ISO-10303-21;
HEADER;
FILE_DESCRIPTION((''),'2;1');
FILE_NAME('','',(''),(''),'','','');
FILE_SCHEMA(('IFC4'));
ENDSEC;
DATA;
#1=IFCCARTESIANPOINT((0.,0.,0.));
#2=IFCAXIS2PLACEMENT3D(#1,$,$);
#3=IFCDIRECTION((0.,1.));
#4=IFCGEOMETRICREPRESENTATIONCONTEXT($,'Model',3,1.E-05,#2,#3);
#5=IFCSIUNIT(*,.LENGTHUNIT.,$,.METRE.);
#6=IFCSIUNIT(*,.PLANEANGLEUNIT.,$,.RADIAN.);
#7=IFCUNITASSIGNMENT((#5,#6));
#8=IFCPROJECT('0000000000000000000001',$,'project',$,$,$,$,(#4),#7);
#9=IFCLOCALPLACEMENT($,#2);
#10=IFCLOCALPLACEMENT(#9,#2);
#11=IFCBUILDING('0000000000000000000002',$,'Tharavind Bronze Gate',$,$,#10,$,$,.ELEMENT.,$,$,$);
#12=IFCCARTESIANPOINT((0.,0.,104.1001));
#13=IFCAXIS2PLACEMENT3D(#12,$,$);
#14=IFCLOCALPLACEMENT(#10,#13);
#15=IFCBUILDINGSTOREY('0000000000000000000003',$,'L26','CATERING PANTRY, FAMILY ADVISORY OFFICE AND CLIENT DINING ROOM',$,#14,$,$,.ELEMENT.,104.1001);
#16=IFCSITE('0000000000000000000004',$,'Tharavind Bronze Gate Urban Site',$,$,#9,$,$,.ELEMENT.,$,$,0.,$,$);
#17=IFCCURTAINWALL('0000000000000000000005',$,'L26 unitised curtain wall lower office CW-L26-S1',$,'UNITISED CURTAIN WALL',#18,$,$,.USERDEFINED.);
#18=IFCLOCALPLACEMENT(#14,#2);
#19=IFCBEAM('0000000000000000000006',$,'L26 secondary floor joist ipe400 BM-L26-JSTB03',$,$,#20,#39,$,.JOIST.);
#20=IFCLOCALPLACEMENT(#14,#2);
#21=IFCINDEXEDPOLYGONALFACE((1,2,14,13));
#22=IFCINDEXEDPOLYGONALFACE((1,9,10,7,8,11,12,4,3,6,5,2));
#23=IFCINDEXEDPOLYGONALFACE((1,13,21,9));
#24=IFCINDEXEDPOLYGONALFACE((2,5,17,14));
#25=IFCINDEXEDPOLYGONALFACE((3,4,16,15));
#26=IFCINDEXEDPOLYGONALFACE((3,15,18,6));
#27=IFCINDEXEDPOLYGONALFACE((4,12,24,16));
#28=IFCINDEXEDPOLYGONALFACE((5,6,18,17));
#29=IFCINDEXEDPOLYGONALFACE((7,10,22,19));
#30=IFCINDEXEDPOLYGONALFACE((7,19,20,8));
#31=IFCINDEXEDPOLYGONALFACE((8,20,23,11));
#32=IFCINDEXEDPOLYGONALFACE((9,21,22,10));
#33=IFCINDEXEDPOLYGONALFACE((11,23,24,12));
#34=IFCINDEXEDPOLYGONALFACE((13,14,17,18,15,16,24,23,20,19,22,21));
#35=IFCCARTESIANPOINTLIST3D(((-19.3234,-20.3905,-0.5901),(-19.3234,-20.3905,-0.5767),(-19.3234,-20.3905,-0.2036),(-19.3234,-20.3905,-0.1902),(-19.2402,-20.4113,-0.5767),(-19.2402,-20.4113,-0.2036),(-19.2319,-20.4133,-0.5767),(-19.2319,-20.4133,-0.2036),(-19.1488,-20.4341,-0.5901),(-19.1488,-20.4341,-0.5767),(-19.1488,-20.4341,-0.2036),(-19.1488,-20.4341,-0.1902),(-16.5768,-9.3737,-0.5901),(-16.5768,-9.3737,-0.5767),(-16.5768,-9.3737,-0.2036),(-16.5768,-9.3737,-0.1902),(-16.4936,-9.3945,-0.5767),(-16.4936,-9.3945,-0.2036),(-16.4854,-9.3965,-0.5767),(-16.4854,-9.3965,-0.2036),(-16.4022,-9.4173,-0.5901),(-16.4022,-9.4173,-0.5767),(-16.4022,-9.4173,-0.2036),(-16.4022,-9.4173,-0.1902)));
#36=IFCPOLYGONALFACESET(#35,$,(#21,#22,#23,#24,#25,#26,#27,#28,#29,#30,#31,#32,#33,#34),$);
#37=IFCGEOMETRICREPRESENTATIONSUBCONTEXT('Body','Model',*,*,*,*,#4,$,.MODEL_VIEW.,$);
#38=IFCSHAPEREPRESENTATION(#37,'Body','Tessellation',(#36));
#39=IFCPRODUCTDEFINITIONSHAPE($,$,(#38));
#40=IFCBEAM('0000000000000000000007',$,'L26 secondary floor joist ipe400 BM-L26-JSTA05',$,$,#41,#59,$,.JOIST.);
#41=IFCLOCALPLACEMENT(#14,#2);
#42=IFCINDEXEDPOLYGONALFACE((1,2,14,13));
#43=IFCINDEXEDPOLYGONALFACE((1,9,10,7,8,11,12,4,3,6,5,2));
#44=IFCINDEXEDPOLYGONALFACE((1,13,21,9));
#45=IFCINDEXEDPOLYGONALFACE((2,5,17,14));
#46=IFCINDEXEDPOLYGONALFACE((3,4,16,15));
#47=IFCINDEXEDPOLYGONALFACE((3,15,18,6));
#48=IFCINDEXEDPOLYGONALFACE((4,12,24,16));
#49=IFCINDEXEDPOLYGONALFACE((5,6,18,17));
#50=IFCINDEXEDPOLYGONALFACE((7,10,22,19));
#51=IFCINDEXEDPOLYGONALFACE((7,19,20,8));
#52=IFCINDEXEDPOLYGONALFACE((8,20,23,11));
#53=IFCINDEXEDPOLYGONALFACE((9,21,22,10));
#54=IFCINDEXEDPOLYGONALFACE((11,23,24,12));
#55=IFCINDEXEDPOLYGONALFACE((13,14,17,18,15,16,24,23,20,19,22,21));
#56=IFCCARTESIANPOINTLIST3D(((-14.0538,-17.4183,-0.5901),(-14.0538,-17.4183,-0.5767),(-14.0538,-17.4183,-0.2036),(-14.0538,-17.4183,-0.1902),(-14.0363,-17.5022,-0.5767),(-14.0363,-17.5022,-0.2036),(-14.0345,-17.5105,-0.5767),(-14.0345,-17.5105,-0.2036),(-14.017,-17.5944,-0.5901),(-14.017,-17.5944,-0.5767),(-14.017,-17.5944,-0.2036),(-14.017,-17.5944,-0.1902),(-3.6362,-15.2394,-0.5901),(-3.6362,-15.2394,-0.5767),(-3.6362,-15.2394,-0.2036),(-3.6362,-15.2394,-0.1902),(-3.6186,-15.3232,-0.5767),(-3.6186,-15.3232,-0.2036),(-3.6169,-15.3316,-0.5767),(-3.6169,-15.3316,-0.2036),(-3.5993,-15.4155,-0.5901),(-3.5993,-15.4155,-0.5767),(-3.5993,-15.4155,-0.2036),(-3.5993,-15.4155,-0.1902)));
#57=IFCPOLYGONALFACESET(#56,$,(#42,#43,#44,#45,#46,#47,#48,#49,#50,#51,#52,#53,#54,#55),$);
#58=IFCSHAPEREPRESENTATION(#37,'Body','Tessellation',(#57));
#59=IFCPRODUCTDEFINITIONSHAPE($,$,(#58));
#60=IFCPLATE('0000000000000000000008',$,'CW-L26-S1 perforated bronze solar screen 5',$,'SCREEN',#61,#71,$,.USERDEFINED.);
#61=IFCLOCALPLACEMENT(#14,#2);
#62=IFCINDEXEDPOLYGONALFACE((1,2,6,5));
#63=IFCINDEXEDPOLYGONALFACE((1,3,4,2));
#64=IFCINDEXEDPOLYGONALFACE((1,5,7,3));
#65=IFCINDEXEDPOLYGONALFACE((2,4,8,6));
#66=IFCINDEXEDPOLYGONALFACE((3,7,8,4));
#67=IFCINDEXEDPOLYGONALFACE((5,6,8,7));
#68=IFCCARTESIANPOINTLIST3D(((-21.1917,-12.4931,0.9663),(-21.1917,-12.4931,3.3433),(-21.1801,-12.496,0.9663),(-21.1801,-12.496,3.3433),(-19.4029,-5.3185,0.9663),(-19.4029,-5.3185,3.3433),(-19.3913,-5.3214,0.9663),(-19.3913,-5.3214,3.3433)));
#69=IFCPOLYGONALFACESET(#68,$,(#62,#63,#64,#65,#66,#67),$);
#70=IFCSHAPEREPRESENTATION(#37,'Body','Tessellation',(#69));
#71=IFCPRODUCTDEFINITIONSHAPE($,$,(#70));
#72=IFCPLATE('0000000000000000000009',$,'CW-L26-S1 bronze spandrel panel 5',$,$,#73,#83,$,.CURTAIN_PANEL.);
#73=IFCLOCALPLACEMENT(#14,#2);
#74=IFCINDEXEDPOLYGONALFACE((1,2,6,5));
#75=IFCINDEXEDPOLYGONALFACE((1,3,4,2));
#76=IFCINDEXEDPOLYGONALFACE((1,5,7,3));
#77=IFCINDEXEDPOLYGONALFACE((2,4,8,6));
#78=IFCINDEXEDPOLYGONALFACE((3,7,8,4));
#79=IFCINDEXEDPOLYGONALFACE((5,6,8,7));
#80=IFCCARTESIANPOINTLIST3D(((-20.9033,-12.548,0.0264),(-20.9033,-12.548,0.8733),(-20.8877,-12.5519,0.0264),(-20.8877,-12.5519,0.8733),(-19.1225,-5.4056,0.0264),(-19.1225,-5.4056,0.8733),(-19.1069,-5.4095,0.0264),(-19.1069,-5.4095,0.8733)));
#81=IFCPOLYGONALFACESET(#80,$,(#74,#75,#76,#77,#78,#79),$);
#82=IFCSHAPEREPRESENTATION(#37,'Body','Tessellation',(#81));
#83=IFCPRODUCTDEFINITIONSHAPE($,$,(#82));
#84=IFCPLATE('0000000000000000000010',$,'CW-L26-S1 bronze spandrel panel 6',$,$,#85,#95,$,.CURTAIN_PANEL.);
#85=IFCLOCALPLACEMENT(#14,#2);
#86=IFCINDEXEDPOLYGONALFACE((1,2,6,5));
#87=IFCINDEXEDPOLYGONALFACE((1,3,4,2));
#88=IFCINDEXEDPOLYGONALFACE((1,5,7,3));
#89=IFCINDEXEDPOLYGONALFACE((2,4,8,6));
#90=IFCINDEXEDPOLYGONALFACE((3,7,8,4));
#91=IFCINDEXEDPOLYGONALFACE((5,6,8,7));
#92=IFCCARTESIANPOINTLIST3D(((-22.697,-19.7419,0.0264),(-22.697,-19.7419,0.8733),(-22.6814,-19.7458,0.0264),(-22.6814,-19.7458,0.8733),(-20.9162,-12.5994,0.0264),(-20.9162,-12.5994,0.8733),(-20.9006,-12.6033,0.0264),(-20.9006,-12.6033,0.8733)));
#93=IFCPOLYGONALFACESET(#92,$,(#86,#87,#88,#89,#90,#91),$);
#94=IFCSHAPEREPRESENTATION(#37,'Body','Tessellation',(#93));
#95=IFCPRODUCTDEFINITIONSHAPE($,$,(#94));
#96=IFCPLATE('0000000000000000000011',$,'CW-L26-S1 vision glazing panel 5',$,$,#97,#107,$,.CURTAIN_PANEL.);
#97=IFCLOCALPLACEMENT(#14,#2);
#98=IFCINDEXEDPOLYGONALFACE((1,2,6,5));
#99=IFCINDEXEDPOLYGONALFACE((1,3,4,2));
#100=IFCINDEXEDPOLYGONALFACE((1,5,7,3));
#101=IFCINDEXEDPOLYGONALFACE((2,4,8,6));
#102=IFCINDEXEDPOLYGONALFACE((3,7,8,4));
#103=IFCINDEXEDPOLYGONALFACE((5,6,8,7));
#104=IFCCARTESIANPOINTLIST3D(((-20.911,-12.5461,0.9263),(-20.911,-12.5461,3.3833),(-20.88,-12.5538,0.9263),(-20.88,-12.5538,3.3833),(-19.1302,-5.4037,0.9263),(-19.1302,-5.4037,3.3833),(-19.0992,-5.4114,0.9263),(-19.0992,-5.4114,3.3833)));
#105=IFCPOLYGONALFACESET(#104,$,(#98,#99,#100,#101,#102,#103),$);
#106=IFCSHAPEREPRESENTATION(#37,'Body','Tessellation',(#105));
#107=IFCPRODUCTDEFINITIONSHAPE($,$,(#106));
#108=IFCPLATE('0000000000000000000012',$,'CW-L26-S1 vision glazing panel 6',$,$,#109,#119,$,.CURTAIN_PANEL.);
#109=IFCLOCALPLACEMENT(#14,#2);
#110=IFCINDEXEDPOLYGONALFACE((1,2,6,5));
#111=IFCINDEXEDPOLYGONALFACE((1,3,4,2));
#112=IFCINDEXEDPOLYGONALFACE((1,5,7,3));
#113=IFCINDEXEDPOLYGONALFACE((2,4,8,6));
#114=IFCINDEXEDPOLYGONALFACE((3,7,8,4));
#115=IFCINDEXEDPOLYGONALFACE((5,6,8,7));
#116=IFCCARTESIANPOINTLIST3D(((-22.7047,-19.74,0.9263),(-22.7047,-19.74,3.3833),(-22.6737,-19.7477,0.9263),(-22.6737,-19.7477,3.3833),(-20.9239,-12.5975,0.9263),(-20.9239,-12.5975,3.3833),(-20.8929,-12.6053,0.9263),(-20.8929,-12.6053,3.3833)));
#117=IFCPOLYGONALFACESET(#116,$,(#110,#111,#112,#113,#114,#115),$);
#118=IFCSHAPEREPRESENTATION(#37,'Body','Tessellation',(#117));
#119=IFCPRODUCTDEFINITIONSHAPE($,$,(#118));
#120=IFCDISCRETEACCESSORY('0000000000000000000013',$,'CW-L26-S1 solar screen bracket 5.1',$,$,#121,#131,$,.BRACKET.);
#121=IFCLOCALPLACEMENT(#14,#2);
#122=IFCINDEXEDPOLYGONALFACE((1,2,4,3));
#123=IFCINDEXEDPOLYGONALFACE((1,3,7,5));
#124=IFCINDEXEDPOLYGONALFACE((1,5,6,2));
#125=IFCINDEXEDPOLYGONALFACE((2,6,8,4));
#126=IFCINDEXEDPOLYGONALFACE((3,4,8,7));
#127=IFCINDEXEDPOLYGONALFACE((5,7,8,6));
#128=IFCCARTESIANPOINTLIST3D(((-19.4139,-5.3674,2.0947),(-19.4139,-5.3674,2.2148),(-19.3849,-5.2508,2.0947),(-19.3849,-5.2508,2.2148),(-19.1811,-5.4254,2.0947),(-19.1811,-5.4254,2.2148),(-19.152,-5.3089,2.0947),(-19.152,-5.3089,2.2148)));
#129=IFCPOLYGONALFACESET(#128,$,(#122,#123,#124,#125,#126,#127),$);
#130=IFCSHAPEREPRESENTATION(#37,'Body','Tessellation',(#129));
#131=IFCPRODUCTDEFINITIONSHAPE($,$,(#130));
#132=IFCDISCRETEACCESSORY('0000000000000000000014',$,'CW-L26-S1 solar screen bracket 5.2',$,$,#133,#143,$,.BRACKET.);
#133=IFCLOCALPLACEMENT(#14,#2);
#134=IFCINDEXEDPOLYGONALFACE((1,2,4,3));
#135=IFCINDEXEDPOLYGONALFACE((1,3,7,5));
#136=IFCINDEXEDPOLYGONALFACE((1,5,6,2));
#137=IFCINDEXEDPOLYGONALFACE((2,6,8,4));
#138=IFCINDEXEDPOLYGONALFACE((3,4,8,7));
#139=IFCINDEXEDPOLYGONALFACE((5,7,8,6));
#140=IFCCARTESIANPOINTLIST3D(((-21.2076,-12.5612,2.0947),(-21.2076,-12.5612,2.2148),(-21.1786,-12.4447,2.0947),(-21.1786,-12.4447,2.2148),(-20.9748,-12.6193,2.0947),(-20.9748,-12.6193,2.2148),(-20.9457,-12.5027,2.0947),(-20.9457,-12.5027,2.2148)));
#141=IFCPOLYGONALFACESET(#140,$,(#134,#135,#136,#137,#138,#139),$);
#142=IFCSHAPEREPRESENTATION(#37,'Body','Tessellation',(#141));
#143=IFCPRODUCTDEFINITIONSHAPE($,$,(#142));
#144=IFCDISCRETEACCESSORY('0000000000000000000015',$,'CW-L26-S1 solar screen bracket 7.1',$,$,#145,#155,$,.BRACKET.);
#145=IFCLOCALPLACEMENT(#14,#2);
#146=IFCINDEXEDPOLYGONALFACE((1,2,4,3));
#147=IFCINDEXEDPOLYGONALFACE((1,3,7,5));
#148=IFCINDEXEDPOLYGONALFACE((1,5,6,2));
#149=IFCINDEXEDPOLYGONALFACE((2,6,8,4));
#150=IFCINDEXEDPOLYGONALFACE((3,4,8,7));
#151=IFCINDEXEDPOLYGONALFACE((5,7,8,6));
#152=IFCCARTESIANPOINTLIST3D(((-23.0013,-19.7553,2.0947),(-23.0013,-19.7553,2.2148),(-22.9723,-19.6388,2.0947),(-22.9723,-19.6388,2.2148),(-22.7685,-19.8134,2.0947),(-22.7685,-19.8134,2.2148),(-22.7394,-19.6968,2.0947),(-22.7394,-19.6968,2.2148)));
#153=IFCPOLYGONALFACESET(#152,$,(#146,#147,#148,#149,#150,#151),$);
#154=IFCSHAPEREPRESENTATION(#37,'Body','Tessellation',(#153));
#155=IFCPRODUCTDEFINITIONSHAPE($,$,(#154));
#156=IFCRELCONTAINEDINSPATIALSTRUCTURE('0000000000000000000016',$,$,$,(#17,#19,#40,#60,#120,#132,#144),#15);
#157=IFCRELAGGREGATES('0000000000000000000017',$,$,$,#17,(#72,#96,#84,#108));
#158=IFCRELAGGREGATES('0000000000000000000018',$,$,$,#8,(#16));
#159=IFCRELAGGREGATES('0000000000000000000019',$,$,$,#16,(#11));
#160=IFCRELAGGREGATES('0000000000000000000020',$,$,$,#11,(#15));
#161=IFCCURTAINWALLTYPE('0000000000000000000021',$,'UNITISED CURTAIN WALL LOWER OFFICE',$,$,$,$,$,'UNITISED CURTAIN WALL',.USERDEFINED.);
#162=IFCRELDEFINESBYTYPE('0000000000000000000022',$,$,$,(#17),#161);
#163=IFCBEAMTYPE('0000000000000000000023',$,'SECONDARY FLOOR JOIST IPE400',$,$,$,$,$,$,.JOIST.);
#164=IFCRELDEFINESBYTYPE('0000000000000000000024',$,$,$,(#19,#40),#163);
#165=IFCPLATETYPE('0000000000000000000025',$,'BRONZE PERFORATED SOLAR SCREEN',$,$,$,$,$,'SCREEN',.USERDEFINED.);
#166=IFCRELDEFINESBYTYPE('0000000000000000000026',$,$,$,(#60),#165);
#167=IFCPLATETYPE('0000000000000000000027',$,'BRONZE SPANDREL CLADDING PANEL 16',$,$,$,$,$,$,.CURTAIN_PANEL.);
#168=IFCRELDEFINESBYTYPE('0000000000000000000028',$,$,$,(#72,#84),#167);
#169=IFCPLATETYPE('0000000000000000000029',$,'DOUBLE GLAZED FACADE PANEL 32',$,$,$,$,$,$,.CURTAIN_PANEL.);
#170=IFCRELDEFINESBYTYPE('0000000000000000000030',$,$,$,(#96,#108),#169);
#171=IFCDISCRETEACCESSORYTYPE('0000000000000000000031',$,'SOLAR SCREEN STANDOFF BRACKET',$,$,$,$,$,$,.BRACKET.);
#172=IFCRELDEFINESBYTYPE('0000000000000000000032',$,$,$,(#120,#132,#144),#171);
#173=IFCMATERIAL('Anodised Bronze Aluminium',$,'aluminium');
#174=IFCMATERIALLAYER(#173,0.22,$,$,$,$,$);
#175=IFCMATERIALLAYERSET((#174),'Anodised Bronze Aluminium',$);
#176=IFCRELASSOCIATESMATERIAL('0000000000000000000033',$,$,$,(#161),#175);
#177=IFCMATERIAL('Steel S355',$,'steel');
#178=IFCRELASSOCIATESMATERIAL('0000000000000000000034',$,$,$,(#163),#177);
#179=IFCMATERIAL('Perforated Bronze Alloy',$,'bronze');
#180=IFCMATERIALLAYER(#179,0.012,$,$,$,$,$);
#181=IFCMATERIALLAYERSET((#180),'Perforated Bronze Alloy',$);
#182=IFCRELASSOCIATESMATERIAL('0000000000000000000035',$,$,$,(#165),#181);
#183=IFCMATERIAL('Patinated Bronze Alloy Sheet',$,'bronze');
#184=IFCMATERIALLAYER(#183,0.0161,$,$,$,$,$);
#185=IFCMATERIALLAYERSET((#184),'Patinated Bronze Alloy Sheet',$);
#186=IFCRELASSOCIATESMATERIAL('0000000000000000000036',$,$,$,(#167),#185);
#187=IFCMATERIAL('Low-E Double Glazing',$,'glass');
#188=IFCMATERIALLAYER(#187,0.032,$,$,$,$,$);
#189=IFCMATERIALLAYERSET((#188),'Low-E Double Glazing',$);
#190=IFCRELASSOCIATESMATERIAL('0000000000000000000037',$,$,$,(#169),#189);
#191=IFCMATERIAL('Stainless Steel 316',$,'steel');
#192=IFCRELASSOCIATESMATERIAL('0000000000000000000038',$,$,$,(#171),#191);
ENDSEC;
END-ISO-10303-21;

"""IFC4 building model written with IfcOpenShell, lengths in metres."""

from ifc_helpers import new_model, si_unit, direction, frame, origin, origin_2d, place, context, subcontext, project, spatial, rectangle, i_section, extrude, material, layer, layer_set, material_profile, profile_set, type_object, element, aggregate, save


model = new_model("IFC4")

# Units and contexts
model_context = context("Model", 3, precision=1e-05, world=origin(), true_north=direction((0.0, 1.0)))
body_context = subcontext(model_context, "Body", "Model", "MODEL_VIEW")
ifc_project = project(units=[si_unit("LENGTHUNIT", "METRE"), si_unit("PLANEANGLEUNIT", "RADIAN")], contexts=[model_context])

# Site, building, storey
site_placement = place(None, origin())
site = spatial("IfcSite", under=ifc_project, at=site_placement, Name="Tharavind Bronze Gate Urban Site", CompositionType="ELEMENT", RefElevation=0.0)
building_placement = place(site_placement, origin())
building = spatial("IfcBuilding", under=site, at=building_placement, Name="Tharavind Bronze Gate", CompositionType="ELEMENT")
storey_placement = place(building_placement, frame((0.0, 0.0, 104.1001)))
storey = spatial("IfcBuildingStorey", under=building, at=storey_placement, Name="L26", Description="CATERING PANTRY, FAMILY ADVISORY OFFICE AND CLIENT DINING ROOM", CompositionType="ELEMENT", Elevation=104.1001)

# Curtain wall
ifc_material_1 = material(Name="Anodised Bronze Aluminium", Category="aluminium")
ifc_layer_1 = layer(ifc_material_1, 0.22)
ifc_layer_set_1 = layer_set([ifc_layer_1], Name="Anodised Bronze Aluminium")
curtain_wall_type = type_object("IfcCurtainWallType", Name="UNITISED CURTAIN WALL LOWER OFFICE", ElementType="UNITISED CURTAIN WALL", PredefinedType="USERDEFINED", material=ifc_layer_set_1)
curtain_wall_placement = place(storey_placement, origin())
curtain_wall = element("IfcCurtainWall", 1, at=curtain_wall_placement, inside=storey, type_object=curtain_wall_type, Name="L26 unitised curtain wall lower office CW-L26-S1", ObjectType="UNITISED CURTAIN WALL", PredefinedType="USERDEFINED")

# Beams
ifc_material_2 = material(Name="Steel S355", Category="steel")
ifc_material_profile_1 = material_profile(ifc_material_2, i_section(OverallWidth=0.1799, OverallDepth=0.3999, WebThickness=0.0085, FlangeThickness=0.0134, at=origin_2d()), Name="IPE400")
ifc_profile_set_1 = profile_set([ifc_material_profile_1], Name="Steel S355")
beam_type_1 = type_object("IfcBeamType", Name="SECONDARY FLOOR JOIST IPE400", PredefinedType="JOIST", material=ifc_profile_set_1)
beam_1_placement = place(storey_placement, frame((-16.4895, -9.3955, -0.3901), z_axis=(-0.241903, -0.9703, 0.0), x_axis=(0.9703, -0.241903, 0.0)))
element("IfcBeam", 2, at=beam_1_placement, inside=storey, type_object=beam_type_1, Name="L26 secondary floor joist ipe400 BM-L26-JSTB03", PredefinedType="JOIST", context=body_context, shape_type="SweptSolid", body=[
    extrude(i_section(OverallWidth=0.1799, OverallDepth=0.3999, WebThickness=0.0085, FlangeThickness=0.0134, at=origin_2d()), origin(), (0.0, 0.0, 1.0), 11.354),
])
beam_2_placement = place(storey_placement, frame((-14.0354, -17.5063, -0.3901), z_axis=(0.978819, 0.204728, 0.0), x_axis=(-0.204728, 0.978819, 0.0)))
element("IfcBeam", 3, at=beam_2_placement, inside=storey, type_object=beam_type_1, Name="L26 secondary floor joist ipe400 BM-L26-JSTA05", PredefinedType="JOIST", context=body_context, shape_type="SweptSolid", body=[
    extrude(i_section(OverallWidth=0.1799, OverallDepth=0.3999, WebThickness=0.0085, FlangeThickness=0.0134, at=origin_2d()), origin(), (0.0, 0.0, 1.0), 10.6431),
])

# Plates
ifc_material_3 = material(Name="Perforated Bronze Alloy", Category="bronze")
ifc_layer_2 = layer(ifc_material_3, 0.012)
ifc_layer_set_2 = layer_set([ifc_layer_2], Name="Perforated Bronze Alloy")
plate_type_1 = type_object("IfcPlateType", Name="BRONZE PERFORATED SOLAR SCREEN", ElementType="SCREEN", PredefinedType="USERDEFINED", material=ifc_layer_set_2)
plate_1_placement = place(storey_placement, frame((-20.2915, -8.9072, 0.9663), z_axis=(0.0, 0.0, 1.0), x_axis=(-0.241922, -0.970296, 0.0)))
element("IfcPlate", 4, at=plate_1_placement, inside=storey, type_object=plate_type_1, Name="CW-L26-S1 perforated bronze solar screen 5", ObjectType="SCREEN", PredefinedType="USERDEFINED", context=body_context, shape_type="SweptSolid", body=[
    extrude(rectangle(XDim=7.3943, YDim=0.012, at=origin_2d()), origin(), (0.0, 0.0, 1.0), 2.377),
])
ifc_material_4 = material(Name="Patinated Bronze Alloy Sheet", Category="bronze")
ifc_layer_3 = layer(ifc_material_4, 0.0161)
ifc_layer_set_3 = layer_set([ifc_layer_3], Name="Patinated Bronze Alloy Sheet")
plate_type_2 = type_object("IfcPlateType", Name="BRONZE SPANDREL CLADDING PANEL 16", PredefinedType="CURTAIN_PANEL", material=ifc_layer_set_3)
plate_2_placement = place(storey_placement, frame((-20.0051, -8.9788, 0.0264), z_axis=(0.0, 0.0, 1.0), x_axis=(-0.241922, -0.970296, 0.0)))
plate_2 = element("IfcPlate", 5, at=plate_2_placement, type_object=plate_type_2, Name="CW-L26-S1 bronze spandrel panel 5", PredefinedType="CURTAIN_PANEL", context=body_context, shape_type="SweptSolid", body=[
    extrude(rectangle(XDim=7.3611, YDim=0.0161, at=origin_2d()), origin(), (0.0, 0.0, 1.0), 0.8469),
])
plate_3_placement = place(storey_placement, frame((-21.7988, -16.1726, 0.0264), z_axis=(0.0, 0.0, 1.0), x_axis=(-0.241922, -0.970296, 0.0)))
plate_3 = element("IfcPlate", 6, at=plate_3_placement, type_object=plate_type_2, Name="CW-L26-S1 bronze spandrel panel 6", PredefinedType="CURTAIN_PANEL", context=body_context, shape_type="SweptSolid", body=[
    extrude(rectangle(XDim=7.3611, YDim=0.0161, at=origin_2d()), origin(), (0.0, 0.0, 1.0), 0.8469),
])
ifc_material_5 = material(Name="Low-E Double Glazing", Category="glass")
ifc_layer_4 = layer(ifc_material_5, 0.032)
ifc_layer_set_4 = layer_set([ifc_layer_4], Name="Low-E Double Glazing")
plate_type_3 = type_object("IfcPlateType", Name="DOUBLE GLAZED FACADE PANEL 32", PredefinedType="CURTAIN_PANEL", material=ifc_layer_set_4)
plate_4_placement = place(storey_placement, frame((-20.0051, -8.9788, 0.9263), z_axis=(0.0, 0.0, 1.0), x_axis=(-0.241922, -0.970296, 0.0)))
plate_4 = element("IfcPlate", 7, at=plate_4_placement, type_object=plate_type_3, Name="CW-L26-S1 vision glazing panel 5", PredefinedType="CURTAIN_PANEL", context=body_context, shape_type="SweptSolid", body=[
    extrude(rectangle(XDim=7.3611, YDim=0.032, at=origin_2d()), origin(), (0.0, 0.0, 1.0), 2.457),
])
plate_5_placement = place(storey_placement, frame((-21.7988, -16.1726, 0.9263), z_axis=(0.0, 0.0, 1.0), x_axis=(-0.241922, -0.970296, 0.0)))
plate_5 = element("IfcPlate", 8, at=plate_5_placement, type_object=plate_type_3, Name="CW-L26-S1 vision glazing panel 6", PredefinedType="CURTAIN_PANEL", context=body_context, shape_type="SweptSolid", body=[
    extrude(rectangle(XDim=7.3611, YDim=0.032, at=origin_2d()), origin(), (0.0, 0.0, 1.0), 2.457),
])
aggregate(curtain_wall, [plate_2, plate_4, plate_3, plate_5])

# Discrete accessories
ifc_material_6 = material(Name="Stainless Steel 316", Category="steel")
discrete_accessory_type = type_object("IfcDiscreteAccessoryType", Name="SOLAR SCREEN STANDOFF BRACKET", PredefinedType="BRACKET", material=ifc_material_6)
for number, where, z_axis, x_axis, name in (
    (9, (-19.283, -5.3381, 2.0947), (0.0, 0.0, 1.0), (-0.241922, -0.970296, 0.0), "CW-L26-S1 solar screen bracket 5.1"),
    (10, (-21.0767, -12.532, 2.0947), (0.0, 0.0, 1.0), (-0.241922, -0.970296, 0.0), "CW-L26-S1 solar screen bracket 5.2"),
    (11, (-22.8704, -19.7261, 2.0947), (0.0, 0.0, 1.0), (-0.241922, -0.970296, 0.0), "CW-L26-S1 solar screen bracket 7.1"),
):
    element("IfcDiscreteAccessory", number, at=place(storey_placement, frame(where, z_axis=z_axis, x_axis=x_axis)), inside=storey, type_object=discrete_accessory_type, Name=name, PredefinedType="BRACKET", context=body_context, shape_type="SweptSolid", body=[
        extrude(rectangle(XDim=0.1201, YDim=0.24, at=origin_2d()), origin(), (0.0, 0.0, 1.0), 0.1201),
    ])

save(model, "model.ifc")
